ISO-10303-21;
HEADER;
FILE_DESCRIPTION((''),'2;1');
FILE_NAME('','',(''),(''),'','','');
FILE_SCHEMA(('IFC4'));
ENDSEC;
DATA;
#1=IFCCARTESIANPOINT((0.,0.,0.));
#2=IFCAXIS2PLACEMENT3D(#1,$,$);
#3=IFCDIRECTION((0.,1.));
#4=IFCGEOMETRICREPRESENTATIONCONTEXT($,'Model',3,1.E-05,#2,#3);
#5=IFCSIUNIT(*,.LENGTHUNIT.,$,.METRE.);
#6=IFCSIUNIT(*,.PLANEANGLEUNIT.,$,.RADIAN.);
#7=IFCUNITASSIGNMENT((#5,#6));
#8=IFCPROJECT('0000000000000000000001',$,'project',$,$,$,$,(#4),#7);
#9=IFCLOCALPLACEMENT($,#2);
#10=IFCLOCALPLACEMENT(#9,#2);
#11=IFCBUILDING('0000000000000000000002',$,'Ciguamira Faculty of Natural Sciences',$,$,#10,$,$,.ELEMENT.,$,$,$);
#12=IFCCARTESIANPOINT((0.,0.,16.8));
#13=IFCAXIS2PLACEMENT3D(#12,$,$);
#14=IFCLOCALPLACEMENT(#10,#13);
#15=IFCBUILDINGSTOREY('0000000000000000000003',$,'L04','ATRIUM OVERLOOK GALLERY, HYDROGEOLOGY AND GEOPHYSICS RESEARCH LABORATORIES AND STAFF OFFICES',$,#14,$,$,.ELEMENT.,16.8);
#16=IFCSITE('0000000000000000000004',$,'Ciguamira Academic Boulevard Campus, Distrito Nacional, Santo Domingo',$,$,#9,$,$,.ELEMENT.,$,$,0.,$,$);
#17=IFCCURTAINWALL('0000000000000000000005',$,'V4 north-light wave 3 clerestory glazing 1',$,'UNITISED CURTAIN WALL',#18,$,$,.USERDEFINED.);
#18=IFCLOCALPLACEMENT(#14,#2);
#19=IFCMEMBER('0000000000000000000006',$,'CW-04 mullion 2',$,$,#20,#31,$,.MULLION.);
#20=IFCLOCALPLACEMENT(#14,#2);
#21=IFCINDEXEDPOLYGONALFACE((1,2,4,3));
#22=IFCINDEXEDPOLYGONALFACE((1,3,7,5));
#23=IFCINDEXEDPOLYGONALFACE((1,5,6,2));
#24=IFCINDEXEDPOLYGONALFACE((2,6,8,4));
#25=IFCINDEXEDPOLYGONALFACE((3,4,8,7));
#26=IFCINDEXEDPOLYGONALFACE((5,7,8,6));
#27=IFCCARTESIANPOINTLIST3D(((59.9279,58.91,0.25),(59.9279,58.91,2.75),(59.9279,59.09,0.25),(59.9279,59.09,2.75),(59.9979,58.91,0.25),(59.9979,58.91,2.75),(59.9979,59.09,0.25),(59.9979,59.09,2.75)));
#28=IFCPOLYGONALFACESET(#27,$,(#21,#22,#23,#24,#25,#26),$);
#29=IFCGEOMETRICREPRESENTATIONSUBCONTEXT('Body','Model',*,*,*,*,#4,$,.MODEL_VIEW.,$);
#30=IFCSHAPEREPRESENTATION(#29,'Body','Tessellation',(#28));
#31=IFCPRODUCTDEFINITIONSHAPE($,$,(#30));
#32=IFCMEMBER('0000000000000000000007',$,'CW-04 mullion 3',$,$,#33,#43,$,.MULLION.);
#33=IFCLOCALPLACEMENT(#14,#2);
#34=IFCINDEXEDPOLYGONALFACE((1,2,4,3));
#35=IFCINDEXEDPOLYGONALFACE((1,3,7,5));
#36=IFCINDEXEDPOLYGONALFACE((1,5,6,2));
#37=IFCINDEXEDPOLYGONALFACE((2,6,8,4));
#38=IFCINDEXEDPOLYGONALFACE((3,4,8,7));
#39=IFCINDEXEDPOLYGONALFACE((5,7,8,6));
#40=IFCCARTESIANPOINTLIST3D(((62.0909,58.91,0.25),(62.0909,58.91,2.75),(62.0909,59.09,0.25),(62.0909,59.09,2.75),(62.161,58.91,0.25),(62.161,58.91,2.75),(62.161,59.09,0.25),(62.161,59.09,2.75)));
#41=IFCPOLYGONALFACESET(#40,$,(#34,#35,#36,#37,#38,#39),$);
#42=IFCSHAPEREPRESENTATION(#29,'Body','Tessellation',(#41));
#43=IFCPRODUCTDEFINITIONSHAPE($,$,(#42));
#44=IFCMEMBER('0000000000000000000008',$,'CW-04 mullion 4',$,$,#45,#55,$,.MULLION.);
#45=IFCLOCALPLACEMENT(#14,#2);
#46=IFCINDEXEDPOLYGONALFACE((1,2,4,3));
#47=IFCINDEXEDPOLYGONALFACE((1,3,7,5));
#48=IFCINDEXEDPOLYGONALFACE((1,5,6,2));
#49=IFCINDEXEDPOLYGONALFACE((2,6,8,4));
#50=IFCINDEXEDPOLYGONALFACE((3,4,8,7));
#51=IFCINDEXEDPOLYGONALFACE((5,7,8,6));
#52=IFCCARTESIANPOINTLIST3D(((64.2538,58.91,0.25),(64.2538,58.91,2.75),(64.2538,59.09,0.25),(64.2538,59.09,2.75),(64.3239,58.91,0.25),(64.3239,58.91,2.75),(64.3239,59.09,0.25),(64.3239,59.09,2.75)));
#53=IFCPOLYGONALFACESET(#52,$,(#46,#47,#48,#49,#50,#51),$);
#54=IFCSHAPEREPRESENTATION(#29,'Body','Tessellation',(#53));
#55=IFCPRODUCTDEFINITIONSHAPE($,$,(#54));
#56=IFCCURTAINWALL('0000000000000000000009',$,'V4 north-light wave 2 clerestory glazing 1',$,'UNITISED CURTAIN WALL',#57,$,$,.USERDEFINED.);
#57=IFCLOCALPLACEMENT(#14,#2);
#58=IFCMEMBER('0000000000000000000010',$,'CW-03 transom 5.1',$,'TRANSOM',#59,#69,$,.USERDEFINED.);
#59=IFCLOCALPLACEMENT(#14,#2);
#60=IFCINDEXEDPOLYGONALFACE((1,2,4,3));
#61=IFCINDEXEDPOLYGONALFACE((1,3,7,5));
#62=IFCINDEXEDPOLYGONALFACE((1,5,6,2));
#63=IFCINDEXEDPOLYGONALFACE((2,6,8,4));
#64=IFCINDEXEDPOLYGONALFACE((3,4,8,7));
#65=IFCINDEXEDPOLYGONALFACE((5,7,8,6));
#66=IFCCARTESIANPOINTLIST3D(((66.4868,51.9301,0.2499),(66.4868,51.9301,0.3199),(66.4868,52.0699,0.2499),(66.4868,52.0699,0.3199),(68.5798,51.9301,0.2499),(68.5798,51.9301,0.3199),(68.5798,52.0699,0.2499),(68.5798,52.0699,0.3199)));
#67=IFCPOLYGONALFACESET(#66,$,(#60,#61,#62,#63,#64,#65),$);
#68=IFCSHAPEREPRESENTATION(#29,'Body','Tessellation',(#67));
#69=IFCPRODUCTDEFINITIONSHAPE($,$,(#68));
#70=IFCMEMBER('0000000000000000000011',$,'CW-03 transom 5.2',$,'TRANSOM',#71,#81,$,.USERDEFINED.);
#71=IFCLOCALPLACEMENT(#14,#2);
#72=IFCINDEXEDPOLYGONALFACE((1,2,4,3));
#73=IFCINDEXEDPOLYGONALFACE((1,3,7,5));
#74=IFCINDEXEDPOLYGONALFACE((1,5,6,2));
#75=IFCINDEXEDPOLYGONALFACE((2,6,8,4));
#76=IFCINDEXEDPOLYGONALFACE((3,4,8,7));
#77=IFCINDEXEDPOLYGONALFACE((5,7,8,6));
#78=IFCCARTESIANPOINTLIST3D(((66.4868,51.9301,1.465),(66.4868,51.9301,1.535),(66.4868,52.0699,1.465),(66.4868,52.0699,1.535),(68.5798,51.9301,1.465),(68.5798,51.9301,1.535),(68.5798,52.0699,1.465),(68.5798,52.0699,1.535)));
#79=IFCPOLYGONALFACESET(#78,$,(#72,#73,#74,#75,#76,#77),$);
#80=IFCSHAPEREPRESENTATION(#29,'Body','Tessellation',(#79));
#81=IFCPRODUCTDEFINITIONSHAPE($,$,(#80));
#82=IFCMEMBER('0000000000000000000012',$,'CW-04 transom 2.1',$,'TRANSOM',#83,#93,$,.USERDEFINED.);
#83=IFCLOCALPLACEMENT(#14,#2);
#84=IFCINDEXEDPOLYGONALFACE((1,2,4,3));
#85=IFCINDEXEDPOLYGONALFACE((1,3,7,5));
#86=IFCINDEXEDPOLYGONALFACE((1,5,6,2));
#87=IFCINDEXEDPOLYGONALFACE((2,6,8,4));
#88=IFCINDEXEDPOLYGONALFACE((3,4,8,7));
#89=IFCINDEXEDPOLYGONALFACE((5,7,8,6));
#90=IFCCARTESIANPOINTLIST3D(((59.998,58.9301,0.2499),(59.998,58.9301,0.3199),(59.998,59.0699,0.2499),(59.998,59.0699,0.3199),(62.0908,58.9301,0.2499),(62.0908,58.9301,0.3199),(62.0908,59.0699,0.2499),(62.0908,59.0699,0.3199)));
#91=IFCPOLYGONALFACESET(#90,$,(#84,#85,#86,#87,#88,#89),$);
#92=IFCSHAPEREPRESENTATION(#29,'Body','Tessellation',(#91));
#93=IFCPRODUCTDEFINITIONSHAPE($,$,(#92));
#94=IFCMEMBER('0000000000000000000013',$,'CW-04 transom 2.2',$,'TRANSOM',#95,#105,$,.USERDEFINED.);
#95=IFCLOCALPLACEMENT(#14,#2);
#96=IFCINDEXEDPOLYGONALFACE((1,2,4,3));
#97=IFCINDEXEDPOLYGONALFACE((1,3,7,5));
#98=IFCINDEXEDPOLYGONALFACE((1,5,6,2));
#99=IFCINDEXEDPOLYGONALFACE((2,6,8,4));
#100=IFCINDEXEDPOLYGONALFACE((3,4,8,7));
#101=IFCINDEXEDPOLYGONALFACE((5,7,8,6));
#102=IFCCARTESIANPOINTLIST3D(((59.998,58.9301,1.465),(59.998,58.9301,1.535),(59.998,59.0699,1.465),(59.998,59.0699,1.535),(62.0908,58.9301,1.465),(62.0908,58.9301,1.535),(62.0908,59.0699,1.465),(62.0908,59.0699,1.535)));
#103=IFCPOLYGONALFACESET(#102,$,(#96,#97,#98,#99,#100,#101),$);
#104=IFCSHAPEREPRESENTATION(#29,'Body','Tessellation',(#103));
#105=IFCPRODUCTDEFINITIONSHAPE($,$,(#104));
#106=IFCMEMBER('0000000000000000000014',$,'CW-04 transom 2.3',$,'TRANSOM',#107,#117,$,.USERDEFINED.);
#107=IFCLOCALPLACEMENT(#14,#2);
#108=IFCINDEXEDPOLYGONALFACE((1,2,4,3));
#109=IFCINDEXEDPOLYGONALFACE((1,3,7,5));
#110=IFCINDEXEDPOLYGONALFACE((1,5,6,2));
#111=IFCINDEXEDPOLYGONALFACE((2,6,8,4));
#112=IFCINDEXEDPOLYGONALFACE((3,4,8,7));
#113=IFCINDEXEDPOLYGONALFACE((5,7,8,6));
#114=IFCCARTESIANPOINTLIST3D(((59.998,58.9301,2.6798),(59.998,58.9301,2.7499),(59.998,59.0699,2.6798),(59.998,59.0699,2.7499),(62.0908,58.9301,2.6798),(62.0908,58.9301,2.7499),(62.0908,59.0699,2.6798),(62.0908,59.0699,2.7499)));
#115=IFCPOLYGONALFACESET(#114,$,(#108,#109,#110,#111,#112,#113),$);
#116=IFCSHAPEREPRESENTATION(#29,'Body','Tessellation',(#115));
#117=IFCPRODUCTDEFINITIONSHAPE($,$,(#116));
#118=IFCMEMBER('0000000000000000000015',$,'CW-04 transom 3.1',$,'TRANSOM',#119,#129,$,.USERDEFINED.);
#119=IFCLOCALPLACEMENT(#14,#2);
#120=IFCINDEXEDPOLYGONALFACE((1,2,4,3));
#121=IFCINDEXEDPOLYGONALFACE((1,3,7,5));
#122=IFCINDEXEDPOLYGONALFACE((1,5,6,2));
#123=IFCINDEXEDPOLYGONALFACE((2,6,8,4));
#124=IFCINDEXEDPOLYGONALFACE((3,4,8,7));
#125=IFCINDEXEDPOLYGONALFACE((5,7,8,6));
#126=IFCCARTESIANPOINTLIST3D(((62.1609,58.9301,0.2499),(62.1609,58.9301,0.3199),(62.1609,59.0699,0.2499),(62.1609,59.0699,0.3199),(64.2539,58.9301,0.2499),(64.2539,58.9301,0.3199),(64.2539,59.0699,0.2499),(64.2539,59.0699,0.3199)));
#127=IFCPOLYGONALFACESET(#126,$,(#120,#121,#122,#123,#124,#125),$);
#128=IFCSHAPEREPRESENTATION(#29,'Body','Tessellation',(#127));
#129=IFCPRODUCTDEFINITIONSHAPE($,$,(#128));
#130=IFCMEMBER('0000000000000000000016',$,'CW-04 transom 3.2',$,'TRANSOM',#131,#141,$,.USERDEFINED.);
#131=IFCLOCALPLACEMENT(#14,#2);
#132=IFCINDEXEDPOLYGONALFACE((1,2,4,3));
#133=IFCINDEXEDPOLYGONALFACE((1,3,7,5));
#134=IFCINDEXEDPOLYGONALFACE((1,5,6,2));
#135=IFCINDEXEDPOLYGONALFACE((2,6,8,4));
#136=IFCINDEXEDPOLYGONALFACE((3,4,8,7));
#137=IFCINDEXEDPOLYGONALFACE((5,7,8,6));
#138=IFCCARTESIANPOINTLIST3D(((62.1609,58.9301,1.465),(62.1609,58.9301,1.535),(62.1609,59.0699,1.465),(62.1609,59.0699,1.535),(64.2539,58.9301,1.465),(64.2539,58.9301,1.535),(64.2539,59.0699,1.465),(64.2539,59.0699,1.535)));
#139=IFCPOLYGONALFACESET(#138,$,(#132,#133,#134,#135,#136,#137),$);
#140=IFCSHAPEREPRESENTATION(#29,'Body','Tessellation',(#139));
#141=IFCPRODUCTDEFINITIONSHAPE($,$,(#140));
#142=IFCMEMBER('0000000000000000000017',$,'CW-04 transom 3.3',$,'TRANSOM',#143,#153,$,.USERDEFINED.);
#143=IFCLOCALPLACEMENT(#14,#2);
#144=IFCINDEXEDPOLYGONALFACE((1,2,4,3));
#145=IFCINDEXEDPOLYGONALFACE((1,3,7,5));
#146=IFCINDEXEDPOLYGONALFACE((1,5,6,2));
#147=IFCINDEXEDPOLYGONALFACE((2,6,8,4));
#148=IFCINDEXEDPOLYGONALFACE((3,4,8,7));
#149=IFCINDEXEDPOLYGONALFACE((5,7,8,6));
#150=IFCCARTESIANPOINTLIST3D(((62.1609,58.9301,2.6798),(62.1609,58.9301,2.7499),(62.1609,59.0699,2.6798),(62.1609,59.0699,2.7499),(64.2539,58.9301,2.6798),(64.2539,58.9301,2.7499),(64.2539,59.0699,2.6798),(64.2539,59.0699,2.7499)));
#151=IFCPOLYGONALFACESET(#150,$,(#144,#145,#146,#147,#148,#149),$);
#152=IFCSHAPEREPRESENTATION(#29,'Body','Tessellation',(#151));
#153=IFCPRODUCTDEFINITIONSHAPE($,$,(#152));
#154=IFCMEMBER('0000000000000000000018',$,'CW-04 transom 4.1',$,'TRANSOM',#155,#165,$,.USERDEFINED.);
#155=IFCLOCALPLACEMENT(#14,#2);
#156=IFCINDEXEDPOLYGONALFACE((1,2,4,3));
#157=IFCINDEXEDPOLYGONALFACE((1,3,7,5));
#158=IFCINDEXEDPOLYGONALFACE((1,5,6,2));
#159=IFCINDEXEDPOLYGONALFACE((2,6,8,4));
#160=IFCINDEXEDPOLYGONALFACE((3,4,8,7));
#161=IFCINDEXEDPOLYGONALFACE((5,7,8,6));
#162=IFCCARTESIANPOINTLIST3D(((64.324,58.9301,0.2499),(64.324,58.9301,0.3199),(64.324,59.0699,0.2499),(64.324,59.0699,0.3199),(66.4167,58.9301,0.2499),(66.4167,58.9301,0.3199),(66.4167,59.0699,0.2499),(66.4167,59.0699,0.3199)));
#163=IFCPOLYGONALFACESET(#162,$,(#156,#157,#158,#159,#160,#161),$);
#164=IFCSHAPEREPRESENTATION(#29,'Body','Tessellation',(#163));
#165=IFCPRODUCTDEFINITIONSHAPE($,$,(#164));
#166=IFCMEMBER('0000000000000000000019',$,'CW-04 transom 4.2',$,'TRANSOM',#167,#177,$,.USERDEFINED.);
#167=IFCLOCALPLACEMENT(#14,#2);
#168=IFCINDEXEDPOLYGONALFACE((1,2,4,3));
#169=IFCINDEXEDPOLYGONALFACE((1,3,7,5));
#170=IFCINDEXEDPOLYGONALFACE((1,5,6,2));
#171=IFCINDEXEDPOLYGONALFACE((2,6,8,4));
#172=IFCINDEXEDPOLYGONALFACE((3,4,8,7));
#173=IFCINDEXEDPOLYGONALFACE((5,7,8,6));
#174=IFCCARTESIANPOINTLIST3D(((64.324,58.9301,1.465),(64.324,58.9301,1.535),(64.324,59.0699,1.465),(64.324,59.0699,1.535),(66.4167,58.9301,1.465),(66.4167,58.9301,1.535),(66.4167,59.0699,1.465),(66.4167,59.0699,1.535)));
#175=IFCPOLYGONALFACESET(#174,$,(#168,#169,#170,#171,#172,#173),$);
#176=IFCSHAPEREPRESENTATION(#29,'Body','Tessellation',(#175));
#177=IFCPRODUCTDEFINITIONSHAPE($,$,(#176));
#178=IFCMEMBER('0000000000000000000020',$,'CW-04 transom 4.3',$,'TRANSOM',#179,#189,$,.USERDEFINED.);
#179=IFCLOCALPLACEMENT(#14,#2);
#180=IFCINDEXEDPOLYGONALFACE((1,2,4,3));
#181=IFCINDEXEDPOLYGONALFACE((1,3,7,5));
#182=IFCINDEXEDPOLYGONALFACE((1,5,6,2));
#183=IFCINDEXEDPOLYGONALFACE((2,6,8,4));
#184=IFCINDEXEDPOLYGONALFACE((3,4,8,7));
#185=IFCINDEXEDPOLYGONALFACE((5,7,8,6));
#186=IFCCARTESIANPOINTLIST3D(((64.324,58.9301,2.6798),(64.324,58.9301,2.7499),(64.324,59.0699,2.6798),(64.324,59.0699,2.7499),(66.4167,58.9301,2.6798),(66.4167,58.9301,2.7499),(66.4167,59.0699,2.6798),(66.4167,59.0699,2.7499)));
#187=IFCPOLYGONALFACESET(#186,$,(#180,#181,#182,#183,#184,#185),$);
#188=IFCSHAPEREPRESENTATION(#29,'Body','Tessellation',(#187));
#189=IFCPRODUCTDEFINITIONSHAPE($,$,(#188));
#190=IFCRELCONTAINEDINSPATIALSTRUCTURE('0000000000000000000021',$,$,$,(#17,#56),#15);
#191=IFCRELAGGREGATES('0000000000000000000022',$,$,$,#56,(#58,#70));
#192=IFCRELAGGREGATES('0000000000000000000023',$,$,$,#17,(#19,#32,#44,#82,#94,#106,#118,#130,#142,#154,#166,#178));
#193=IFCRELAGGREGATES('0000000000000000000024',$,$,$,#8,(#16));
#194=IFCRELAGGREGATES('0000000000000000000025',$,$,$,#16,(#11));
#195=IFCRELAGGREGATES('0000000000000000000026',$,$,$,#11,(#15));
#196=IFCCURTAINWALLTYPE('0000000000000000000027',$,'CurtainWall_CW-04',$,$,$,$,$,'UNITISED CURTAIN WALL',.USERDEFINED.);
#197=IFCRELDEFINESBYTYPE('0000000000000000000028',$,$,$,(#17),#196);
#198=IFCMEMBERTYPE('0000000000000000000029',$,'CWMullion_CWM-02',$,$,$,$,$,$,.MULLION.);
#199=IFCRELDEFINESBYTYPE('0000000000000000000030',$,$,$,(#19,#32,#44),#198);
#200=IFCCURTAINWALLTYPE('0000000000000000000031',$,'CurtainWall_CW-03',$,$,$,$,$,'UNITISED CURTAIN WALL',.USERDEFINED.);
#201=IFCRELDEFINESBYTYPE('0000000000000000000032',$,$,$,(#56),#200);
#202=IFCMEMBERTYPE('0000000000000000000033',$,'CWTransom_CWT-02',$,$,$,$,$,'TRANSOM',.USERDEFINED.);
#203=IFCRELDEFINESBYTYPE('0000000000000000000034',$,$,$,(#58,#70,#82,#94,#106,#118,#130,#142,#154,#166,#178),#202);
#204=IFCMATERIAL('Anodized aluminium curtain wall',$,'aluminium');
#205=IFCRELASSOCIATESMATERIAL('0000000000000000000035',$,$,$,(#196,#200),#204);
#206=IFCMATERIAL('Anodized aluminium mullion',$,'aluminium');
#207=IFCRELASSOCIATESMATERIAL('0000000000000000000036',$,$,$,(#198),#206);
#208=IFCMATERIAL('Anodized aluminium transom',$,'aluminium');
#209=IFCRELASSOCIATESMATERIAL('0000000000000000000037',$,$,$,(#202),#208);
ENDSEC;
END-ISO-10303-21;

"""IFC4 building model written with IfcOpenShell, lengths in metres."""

from ifc_helpers import new_model, si_unit, direction, frame, origin, origin_2d, place, context, subcontext, project, spatial, rectangle, extrude, material, material_profile, profile_set, type_object, element, aggregate, save


model = new_model("IFC4")

# Units and contexts
model_context = context("Model", 3, precision=1e-05, world=origin(), true_north=direction((0.0, 1.0)))
body_context = subcontext(model_context, "Body", "Model", "MODEL_VIEW")
ifc_project = project(units=[si_unit("LENGTHUNIT", "METRE"), si_unit("PLANEANGLEUNIT", "RADIAN")], contexts=[model_context])

# Site, building, storey
site_placement = place(None, origin())
site = spatial("IfcSite", under=ifc_project, at=site_placement, Name="Ciguamira Academic Boulevard Campus, Distrito Nacional, Santo Domingo", CompositionType="ELEMENT", RefElevation=0.0)
building_placement = place(site_placement, origin())
building = spatial("IfcBuilding", under=site, at=building_placement, Name="Ciguamira Faculty of Natural Sciences", CompositionType="ELEMENT")
storey_placement = place(building_placement, frame((0.0, 0.0, 16.8)))
storey = spatial("IfcBuildingStorey", under=building, at=storey_placement, Name="L04", Description="ATRIUM OVERLOOK GALLERY, HYDROGEOLOGY AND GEOPHYSICS RESEARCH LABORATORIES AND STAFF OFFICES", CompositionType="ELEMENT", Elevation=16.8)

# Curtain walls, members
ifc_material_1 = material(Name="Anodized aluminium curtain wall", Category="aluminium")
curtain_wall_type_1 = type_object("IfcCurtainWallType", Name="CurtainWall_CW-04", ElementType="UNITISED CURTAIN WALL", PredefinedType="USERDEFINED", material=ifc_material_1)
curtain_wall_1_placement = place(storey_placement, origin())
curtain_wall_1 = element("IfcCurtainWall", 1, at=curtain_wall_1_placement, inside=storey, type_object=curtain_wall_type_1, Name="V4 north-light wave 3 clerestory glazing 1", ObjectType="UNITISED CURTAIN WALL", PredefinedType="USERDEFINED")
ifc_material_2 = material(Name="Anodized aluminium mullion", Category="aluminium")
ifc_material_profile_1 = material_profile(ifc_material_2, rectangle(XDim=0.0701, YDim=0.1799, at=origin_2d()), Name="ALU-MUL-70X180")
ifc_profile_set_1 = profile_set([ifc_material_profile_1], Name="Anodized aluminium mullion")
member_type_1 = type_object("IfcMemberType", Name="CWMullion_CWM-02", PredefinedType="MULLION", material=ifc_profile_set_1)
member_1_placement = place(storey_placement, frame((59.9629, 59.0, 0.25), z_axis=(0.0, 0.0, 1.0), x_axis=(1.0, 0.0, 0.0)))
member_1 = element("IfcMember", 2, at=member_1_placement, type_object=member_type_1, Name="CW-04 mullion 2", PredefinedType="MULLION", context=body_context, shape_type="SweptSolid", body=[
    extrude(rectangle(XDim=0.0701, YDim=0.1799, at=origin_2d()), origin(), (0.0, 0.0, 1.0), 2.5),
])
member_2_placement = place(storey_placement, frame((62.126, 59.0, 0.25), z_axis=(0.0, 0.0, 1.0), x_axis=(1.0, 0.0, 0.0)))
member_2 = element("IfcMember", 3, at=member_2_placement, type_object=member_type_1, Name="CW-04 mullion 3", PredefinedType="MULLION", context=body_context, shape_type="SweptSolid", body=[
    extrude(rectangle(XDim=0.0701, YDim=0.1799, at=origin_2d()), origin(), (0.0, 0.0, 1.0), 2.5),
])
member_3_placement = place(storey_placement, frame((64.2888, 59.0, 0.25), z_axis=(0.0, 0.0, 1.0), x_axis=(1.0, 0.0, 0.0)))
member_3 = element("IfcMember", 4, at=member_3_placement, type_object=member_type_1, Name="CW-04 mullion 4", PredefinedType="MULLION", context=body_context, shape_type="SweptSolid", body=[
    extrude(rectangle(XDim=0.0701, YDim=0.1799, at=origin_2d()), origin(), (0.0, 0.0, 1.0), 2.5),
])
curtain_wall_type_2 = type_object("IfcCurtainWallType", Name="CurtainWall_CW-03", ElementType="UNITISED CURTAIN WALL", PredefinedType="USERDEFINED", material=ifc_material_1)
curtain_wall_2_placement = place(storey_placement, origin())
curtain_wall_2 = element("IfcCurtainWall", 5, at=curtain_wall_2_placement, inside=storey, type_object=curtain_wall_type_2, Name="V4 north-light wave 2 clerestory glazing 1", ObjectType="UNITISED CURTAIN WALL", PredefinedType="USERDEFINED")
ifc_material_3 = material(Name="Anodized aluminium transom", Category="aluminium")
ifc_material_profile_2 = material_profile(ifc_material_3, rectangle(XDim=0.0701, YDim=0.1399, at=origin_2d()), Name="ALU-TRN-70X140")
ifc_profile_set_2 = profile_set([ifc_material_profile_2], Name="Anodized aluminium transom")
member_type_2 = type_object("IfcMemberType", Name="CWTransom_CWT-02", ElementType="TRANSOM", PredefinedType="USERDEFINED", material=ifc_profile_set_2)
member_4_placement = place(storey_placement, frame((66.4868, 52.0, 0.2849), z_axis=(1.0, 0.0, 0.0), x_axis=(0.0, 0.0, 1.0)))
member_4 = element("IfcMember", 6, at=member_4_placement, type_object=member_type_2, Name="CW-03 transom 5.1", ObjectType="TRANSOM", PredefinedType="USERDEFINED", context=body_context, shape_type="SweptSolid", body=[
    extrude(rectangle(XDim=0.0701, YDim=0.1399, at=origin_2d()), origin(), (0.0, 0.0, 1.0), 2.093),
])
member_5_placement = place(storey_placement, frame((66.4868, 52.0, 1.5), z_axis=(1.0, 0.0, 0.0), x_axis=(0.0, 0.0, 1.0)))
member_5 = element("IfcMember", 7, at=member_5_placement, type_object=member_type_2, Name="CW-03 transom 5.2", ObjectType="TRANSOM", PredefinedType="USERDEFINED", context=body_context, shape_type="SweptSolid", body=[
    extrude(rectangle(XDim=0.0701, YDim=0.1399, at=origin_2d()), origin(), (0.0, 0.0, 1.0), 2.093),
])
aggregate(curtain_wall_2, [member_4, member_5])

# Members
member_6_placement = place(storey_placement, frame((59.998, 59.0, 0.2849), z_axis=(1.0, 0.0, 0.0), x_axis=(0.0, 0.0, 1.0)))
member_6 = element("IfcMember", 8, at=member_6_placement, type_object=member_type_2, Name="CW-04 transom 2.1", ObjectType="TRANSOM", PredefinedType="USERDEFINED", context=body_context, shape_type="SweptSolid", body=[
    extrude(rectangle(XDim=0.0701, YDim=0.1399, at=origin_2d()), origin(), (0.0, 0.0, 1.0), 2.0928),
])
member_7_placement = place(storey_placement, frame((59.998, 59.0, 1.5), z_axis=(1.0, 0.0, 0.0), x_axis=(0.0, 0.0, 1.0)))
member_7 = element("IfcMember", 9, at=member_7_placement, type_object=member_type_2, Name="CW-04 transom 2.2", ObjectType="TRANSOM", PredefinedType="USERDEFINED", context=body_context, shape_type="SweptSolid", body=[
    extrude(rectangle(XDim=0.0701, YDim=0.1399, at=origin_2d()), origin(), (0.0, 0.0, 1.0), 2.0928),
])
member_8_placement = place(storey_placement, frame((59.998, 59.0, 2.7148), z_axis=(1.0, 0.0, 0.0), x_axis=(0.0, 0.0, 1.0)))
member_8 = element("IfcMember", 10, at=member_8_placement, type_object=member_type_2, Name="CW-04 transom 2.3", ObjectType="TRANSOM", PredefinedType="USERDEFINED", context=body_context, shape_type="SweptSolid", body=[
    extrude(rectangle(XDim=0.0701, YDim=0.1399, at=origin_2d()), origin(), (0.0, 0.0, 1.0), 2.0928),
])
member_9_placement = place(storey_placement, frame((62.1609, 59.0, 0.2849), z_axis=(1.0, 0.0, 0.0), x_axis=(0.0, 0.0, 1.0)))
member_9 = element("IfcMember", 11, at=member_9_placement, type_object=member_type_2, Name="CW-04 transom 3.1", ObjectType="TRANSOM", PredefinedType="USERDEFINED", context=body_context, shape_type="SweptSolid", body=[
    extrude(rectangle(XDim=0.0701, YDim=0.1399, at=origin_2d()), origin(), (0.0, 0.0, 1.0), 2.093),
])
member_10_placement = place(storey_placement, frame((62.1609, 59.0, 1.5), z_axis=(1.0, 0.0, 0.0), x_axis=(0.0, 0.0, 1.0)))
member_10 = element("IfcMember", 12, at=member_10_placement, type_object=member_type_2, Name="CW-04 transom 3.2", ObjectType="TRANSOM", PredefinedType="USERDEFINED", context=body_context, shape_type="SweptSolid", body=[
    extrude(rectangle(XDim=0.0701, YDim=0.1399, at=origin_2d()), origin(), (0.0, 0.0, 1.0), 2.093),
])
member_11_placement = place(storey_placement, frame((62.1609, 59.0, 2.7148), z_axis=(1.0, 0.0, 0.0), x_axis=(0.0, 0.0, 1.0)))
member_11 = element("IfcMember", 13, at=member_11_placement, type_object=member_type_2, Name="CW-04 transom 3.3", ObjectType="TRANSOM", PredefinedType="USERDEFINED", context=body_context, shape_type="SweptSolid", body=[
    extrude(rectangle(XDim=0.0701, YDim=0.1399, at=origin_2d()), origin(), (0.0, 0.0, 1.0), 2.093),
])
member_12_placement = place(storey_placement, frame((64.324, 59.0, 0.2849), z_axis=(1.0, 0.0, 0.0), x_axis=(0.0, 0.0, 1.0)))
member_12 = element("IfcMember", 14, at=member_12_placement, type_object=member_type_2, Name="CW-04 transom 4.1", ObjectType="TRANSOM", PredefinedType="USERDEFINED", context=body_context, shape_type="SweptSolid", body=[
    extrude(rectangle(XDim=0.0701, YDim=0.1399, at=origin_2d()), origin(), (0.0, 0.0, 1.0), 2.0928),
])
member_13_placement = place(storey_placement, frame((64.324, 59.0, 1.5), z_axis=(1.0, 0.0, 0.0), x_axis=(0.0, 0.0, 1.0)))
member_13 = element("IfcMember", 15, at=member_13_placement, type_object=member_type_2, Name="CW-04 transom 4.2", ObjectType="TRANSOM", PredefinedType="USERDEFINED", context=body_context, shape_type="SweptSolid", body=[
    extrude(rectangle(XDim=0.0701, YDim=0.1399, at=origin_2d()), origin(), (0.0, 0.0, 1.0), 2.0928),
])
member_14_placement = place(storey_placement, frame((64.324, 59.0, 2.7148), z_axis=(1.0, 0.0, 0.0), x_axis=(0.0, 0.0, 1.0)))
member_14 = element("IfcMember", 16, at=member_14_placement, type_object=member_type_2, Name="CW-04 transom 4.3", ObjectType="TRANSOM", PredefinedType="USERDEFINED", context=body_context, shape_type="SweptSolid", body=[
    extrude(rectangle(XDim=0.0701, YDim=0.1399, at=origin_2d()), origin(), (0.0, 0.0, 1.0), 2.0928),
])

aggregate(curtain_wall_1, [member_1, member_2, member_3, member_6, member_7, member_8, member_9, member_10, member_11, member_12, member_13, member_14])

save(model, "model.ifc")
